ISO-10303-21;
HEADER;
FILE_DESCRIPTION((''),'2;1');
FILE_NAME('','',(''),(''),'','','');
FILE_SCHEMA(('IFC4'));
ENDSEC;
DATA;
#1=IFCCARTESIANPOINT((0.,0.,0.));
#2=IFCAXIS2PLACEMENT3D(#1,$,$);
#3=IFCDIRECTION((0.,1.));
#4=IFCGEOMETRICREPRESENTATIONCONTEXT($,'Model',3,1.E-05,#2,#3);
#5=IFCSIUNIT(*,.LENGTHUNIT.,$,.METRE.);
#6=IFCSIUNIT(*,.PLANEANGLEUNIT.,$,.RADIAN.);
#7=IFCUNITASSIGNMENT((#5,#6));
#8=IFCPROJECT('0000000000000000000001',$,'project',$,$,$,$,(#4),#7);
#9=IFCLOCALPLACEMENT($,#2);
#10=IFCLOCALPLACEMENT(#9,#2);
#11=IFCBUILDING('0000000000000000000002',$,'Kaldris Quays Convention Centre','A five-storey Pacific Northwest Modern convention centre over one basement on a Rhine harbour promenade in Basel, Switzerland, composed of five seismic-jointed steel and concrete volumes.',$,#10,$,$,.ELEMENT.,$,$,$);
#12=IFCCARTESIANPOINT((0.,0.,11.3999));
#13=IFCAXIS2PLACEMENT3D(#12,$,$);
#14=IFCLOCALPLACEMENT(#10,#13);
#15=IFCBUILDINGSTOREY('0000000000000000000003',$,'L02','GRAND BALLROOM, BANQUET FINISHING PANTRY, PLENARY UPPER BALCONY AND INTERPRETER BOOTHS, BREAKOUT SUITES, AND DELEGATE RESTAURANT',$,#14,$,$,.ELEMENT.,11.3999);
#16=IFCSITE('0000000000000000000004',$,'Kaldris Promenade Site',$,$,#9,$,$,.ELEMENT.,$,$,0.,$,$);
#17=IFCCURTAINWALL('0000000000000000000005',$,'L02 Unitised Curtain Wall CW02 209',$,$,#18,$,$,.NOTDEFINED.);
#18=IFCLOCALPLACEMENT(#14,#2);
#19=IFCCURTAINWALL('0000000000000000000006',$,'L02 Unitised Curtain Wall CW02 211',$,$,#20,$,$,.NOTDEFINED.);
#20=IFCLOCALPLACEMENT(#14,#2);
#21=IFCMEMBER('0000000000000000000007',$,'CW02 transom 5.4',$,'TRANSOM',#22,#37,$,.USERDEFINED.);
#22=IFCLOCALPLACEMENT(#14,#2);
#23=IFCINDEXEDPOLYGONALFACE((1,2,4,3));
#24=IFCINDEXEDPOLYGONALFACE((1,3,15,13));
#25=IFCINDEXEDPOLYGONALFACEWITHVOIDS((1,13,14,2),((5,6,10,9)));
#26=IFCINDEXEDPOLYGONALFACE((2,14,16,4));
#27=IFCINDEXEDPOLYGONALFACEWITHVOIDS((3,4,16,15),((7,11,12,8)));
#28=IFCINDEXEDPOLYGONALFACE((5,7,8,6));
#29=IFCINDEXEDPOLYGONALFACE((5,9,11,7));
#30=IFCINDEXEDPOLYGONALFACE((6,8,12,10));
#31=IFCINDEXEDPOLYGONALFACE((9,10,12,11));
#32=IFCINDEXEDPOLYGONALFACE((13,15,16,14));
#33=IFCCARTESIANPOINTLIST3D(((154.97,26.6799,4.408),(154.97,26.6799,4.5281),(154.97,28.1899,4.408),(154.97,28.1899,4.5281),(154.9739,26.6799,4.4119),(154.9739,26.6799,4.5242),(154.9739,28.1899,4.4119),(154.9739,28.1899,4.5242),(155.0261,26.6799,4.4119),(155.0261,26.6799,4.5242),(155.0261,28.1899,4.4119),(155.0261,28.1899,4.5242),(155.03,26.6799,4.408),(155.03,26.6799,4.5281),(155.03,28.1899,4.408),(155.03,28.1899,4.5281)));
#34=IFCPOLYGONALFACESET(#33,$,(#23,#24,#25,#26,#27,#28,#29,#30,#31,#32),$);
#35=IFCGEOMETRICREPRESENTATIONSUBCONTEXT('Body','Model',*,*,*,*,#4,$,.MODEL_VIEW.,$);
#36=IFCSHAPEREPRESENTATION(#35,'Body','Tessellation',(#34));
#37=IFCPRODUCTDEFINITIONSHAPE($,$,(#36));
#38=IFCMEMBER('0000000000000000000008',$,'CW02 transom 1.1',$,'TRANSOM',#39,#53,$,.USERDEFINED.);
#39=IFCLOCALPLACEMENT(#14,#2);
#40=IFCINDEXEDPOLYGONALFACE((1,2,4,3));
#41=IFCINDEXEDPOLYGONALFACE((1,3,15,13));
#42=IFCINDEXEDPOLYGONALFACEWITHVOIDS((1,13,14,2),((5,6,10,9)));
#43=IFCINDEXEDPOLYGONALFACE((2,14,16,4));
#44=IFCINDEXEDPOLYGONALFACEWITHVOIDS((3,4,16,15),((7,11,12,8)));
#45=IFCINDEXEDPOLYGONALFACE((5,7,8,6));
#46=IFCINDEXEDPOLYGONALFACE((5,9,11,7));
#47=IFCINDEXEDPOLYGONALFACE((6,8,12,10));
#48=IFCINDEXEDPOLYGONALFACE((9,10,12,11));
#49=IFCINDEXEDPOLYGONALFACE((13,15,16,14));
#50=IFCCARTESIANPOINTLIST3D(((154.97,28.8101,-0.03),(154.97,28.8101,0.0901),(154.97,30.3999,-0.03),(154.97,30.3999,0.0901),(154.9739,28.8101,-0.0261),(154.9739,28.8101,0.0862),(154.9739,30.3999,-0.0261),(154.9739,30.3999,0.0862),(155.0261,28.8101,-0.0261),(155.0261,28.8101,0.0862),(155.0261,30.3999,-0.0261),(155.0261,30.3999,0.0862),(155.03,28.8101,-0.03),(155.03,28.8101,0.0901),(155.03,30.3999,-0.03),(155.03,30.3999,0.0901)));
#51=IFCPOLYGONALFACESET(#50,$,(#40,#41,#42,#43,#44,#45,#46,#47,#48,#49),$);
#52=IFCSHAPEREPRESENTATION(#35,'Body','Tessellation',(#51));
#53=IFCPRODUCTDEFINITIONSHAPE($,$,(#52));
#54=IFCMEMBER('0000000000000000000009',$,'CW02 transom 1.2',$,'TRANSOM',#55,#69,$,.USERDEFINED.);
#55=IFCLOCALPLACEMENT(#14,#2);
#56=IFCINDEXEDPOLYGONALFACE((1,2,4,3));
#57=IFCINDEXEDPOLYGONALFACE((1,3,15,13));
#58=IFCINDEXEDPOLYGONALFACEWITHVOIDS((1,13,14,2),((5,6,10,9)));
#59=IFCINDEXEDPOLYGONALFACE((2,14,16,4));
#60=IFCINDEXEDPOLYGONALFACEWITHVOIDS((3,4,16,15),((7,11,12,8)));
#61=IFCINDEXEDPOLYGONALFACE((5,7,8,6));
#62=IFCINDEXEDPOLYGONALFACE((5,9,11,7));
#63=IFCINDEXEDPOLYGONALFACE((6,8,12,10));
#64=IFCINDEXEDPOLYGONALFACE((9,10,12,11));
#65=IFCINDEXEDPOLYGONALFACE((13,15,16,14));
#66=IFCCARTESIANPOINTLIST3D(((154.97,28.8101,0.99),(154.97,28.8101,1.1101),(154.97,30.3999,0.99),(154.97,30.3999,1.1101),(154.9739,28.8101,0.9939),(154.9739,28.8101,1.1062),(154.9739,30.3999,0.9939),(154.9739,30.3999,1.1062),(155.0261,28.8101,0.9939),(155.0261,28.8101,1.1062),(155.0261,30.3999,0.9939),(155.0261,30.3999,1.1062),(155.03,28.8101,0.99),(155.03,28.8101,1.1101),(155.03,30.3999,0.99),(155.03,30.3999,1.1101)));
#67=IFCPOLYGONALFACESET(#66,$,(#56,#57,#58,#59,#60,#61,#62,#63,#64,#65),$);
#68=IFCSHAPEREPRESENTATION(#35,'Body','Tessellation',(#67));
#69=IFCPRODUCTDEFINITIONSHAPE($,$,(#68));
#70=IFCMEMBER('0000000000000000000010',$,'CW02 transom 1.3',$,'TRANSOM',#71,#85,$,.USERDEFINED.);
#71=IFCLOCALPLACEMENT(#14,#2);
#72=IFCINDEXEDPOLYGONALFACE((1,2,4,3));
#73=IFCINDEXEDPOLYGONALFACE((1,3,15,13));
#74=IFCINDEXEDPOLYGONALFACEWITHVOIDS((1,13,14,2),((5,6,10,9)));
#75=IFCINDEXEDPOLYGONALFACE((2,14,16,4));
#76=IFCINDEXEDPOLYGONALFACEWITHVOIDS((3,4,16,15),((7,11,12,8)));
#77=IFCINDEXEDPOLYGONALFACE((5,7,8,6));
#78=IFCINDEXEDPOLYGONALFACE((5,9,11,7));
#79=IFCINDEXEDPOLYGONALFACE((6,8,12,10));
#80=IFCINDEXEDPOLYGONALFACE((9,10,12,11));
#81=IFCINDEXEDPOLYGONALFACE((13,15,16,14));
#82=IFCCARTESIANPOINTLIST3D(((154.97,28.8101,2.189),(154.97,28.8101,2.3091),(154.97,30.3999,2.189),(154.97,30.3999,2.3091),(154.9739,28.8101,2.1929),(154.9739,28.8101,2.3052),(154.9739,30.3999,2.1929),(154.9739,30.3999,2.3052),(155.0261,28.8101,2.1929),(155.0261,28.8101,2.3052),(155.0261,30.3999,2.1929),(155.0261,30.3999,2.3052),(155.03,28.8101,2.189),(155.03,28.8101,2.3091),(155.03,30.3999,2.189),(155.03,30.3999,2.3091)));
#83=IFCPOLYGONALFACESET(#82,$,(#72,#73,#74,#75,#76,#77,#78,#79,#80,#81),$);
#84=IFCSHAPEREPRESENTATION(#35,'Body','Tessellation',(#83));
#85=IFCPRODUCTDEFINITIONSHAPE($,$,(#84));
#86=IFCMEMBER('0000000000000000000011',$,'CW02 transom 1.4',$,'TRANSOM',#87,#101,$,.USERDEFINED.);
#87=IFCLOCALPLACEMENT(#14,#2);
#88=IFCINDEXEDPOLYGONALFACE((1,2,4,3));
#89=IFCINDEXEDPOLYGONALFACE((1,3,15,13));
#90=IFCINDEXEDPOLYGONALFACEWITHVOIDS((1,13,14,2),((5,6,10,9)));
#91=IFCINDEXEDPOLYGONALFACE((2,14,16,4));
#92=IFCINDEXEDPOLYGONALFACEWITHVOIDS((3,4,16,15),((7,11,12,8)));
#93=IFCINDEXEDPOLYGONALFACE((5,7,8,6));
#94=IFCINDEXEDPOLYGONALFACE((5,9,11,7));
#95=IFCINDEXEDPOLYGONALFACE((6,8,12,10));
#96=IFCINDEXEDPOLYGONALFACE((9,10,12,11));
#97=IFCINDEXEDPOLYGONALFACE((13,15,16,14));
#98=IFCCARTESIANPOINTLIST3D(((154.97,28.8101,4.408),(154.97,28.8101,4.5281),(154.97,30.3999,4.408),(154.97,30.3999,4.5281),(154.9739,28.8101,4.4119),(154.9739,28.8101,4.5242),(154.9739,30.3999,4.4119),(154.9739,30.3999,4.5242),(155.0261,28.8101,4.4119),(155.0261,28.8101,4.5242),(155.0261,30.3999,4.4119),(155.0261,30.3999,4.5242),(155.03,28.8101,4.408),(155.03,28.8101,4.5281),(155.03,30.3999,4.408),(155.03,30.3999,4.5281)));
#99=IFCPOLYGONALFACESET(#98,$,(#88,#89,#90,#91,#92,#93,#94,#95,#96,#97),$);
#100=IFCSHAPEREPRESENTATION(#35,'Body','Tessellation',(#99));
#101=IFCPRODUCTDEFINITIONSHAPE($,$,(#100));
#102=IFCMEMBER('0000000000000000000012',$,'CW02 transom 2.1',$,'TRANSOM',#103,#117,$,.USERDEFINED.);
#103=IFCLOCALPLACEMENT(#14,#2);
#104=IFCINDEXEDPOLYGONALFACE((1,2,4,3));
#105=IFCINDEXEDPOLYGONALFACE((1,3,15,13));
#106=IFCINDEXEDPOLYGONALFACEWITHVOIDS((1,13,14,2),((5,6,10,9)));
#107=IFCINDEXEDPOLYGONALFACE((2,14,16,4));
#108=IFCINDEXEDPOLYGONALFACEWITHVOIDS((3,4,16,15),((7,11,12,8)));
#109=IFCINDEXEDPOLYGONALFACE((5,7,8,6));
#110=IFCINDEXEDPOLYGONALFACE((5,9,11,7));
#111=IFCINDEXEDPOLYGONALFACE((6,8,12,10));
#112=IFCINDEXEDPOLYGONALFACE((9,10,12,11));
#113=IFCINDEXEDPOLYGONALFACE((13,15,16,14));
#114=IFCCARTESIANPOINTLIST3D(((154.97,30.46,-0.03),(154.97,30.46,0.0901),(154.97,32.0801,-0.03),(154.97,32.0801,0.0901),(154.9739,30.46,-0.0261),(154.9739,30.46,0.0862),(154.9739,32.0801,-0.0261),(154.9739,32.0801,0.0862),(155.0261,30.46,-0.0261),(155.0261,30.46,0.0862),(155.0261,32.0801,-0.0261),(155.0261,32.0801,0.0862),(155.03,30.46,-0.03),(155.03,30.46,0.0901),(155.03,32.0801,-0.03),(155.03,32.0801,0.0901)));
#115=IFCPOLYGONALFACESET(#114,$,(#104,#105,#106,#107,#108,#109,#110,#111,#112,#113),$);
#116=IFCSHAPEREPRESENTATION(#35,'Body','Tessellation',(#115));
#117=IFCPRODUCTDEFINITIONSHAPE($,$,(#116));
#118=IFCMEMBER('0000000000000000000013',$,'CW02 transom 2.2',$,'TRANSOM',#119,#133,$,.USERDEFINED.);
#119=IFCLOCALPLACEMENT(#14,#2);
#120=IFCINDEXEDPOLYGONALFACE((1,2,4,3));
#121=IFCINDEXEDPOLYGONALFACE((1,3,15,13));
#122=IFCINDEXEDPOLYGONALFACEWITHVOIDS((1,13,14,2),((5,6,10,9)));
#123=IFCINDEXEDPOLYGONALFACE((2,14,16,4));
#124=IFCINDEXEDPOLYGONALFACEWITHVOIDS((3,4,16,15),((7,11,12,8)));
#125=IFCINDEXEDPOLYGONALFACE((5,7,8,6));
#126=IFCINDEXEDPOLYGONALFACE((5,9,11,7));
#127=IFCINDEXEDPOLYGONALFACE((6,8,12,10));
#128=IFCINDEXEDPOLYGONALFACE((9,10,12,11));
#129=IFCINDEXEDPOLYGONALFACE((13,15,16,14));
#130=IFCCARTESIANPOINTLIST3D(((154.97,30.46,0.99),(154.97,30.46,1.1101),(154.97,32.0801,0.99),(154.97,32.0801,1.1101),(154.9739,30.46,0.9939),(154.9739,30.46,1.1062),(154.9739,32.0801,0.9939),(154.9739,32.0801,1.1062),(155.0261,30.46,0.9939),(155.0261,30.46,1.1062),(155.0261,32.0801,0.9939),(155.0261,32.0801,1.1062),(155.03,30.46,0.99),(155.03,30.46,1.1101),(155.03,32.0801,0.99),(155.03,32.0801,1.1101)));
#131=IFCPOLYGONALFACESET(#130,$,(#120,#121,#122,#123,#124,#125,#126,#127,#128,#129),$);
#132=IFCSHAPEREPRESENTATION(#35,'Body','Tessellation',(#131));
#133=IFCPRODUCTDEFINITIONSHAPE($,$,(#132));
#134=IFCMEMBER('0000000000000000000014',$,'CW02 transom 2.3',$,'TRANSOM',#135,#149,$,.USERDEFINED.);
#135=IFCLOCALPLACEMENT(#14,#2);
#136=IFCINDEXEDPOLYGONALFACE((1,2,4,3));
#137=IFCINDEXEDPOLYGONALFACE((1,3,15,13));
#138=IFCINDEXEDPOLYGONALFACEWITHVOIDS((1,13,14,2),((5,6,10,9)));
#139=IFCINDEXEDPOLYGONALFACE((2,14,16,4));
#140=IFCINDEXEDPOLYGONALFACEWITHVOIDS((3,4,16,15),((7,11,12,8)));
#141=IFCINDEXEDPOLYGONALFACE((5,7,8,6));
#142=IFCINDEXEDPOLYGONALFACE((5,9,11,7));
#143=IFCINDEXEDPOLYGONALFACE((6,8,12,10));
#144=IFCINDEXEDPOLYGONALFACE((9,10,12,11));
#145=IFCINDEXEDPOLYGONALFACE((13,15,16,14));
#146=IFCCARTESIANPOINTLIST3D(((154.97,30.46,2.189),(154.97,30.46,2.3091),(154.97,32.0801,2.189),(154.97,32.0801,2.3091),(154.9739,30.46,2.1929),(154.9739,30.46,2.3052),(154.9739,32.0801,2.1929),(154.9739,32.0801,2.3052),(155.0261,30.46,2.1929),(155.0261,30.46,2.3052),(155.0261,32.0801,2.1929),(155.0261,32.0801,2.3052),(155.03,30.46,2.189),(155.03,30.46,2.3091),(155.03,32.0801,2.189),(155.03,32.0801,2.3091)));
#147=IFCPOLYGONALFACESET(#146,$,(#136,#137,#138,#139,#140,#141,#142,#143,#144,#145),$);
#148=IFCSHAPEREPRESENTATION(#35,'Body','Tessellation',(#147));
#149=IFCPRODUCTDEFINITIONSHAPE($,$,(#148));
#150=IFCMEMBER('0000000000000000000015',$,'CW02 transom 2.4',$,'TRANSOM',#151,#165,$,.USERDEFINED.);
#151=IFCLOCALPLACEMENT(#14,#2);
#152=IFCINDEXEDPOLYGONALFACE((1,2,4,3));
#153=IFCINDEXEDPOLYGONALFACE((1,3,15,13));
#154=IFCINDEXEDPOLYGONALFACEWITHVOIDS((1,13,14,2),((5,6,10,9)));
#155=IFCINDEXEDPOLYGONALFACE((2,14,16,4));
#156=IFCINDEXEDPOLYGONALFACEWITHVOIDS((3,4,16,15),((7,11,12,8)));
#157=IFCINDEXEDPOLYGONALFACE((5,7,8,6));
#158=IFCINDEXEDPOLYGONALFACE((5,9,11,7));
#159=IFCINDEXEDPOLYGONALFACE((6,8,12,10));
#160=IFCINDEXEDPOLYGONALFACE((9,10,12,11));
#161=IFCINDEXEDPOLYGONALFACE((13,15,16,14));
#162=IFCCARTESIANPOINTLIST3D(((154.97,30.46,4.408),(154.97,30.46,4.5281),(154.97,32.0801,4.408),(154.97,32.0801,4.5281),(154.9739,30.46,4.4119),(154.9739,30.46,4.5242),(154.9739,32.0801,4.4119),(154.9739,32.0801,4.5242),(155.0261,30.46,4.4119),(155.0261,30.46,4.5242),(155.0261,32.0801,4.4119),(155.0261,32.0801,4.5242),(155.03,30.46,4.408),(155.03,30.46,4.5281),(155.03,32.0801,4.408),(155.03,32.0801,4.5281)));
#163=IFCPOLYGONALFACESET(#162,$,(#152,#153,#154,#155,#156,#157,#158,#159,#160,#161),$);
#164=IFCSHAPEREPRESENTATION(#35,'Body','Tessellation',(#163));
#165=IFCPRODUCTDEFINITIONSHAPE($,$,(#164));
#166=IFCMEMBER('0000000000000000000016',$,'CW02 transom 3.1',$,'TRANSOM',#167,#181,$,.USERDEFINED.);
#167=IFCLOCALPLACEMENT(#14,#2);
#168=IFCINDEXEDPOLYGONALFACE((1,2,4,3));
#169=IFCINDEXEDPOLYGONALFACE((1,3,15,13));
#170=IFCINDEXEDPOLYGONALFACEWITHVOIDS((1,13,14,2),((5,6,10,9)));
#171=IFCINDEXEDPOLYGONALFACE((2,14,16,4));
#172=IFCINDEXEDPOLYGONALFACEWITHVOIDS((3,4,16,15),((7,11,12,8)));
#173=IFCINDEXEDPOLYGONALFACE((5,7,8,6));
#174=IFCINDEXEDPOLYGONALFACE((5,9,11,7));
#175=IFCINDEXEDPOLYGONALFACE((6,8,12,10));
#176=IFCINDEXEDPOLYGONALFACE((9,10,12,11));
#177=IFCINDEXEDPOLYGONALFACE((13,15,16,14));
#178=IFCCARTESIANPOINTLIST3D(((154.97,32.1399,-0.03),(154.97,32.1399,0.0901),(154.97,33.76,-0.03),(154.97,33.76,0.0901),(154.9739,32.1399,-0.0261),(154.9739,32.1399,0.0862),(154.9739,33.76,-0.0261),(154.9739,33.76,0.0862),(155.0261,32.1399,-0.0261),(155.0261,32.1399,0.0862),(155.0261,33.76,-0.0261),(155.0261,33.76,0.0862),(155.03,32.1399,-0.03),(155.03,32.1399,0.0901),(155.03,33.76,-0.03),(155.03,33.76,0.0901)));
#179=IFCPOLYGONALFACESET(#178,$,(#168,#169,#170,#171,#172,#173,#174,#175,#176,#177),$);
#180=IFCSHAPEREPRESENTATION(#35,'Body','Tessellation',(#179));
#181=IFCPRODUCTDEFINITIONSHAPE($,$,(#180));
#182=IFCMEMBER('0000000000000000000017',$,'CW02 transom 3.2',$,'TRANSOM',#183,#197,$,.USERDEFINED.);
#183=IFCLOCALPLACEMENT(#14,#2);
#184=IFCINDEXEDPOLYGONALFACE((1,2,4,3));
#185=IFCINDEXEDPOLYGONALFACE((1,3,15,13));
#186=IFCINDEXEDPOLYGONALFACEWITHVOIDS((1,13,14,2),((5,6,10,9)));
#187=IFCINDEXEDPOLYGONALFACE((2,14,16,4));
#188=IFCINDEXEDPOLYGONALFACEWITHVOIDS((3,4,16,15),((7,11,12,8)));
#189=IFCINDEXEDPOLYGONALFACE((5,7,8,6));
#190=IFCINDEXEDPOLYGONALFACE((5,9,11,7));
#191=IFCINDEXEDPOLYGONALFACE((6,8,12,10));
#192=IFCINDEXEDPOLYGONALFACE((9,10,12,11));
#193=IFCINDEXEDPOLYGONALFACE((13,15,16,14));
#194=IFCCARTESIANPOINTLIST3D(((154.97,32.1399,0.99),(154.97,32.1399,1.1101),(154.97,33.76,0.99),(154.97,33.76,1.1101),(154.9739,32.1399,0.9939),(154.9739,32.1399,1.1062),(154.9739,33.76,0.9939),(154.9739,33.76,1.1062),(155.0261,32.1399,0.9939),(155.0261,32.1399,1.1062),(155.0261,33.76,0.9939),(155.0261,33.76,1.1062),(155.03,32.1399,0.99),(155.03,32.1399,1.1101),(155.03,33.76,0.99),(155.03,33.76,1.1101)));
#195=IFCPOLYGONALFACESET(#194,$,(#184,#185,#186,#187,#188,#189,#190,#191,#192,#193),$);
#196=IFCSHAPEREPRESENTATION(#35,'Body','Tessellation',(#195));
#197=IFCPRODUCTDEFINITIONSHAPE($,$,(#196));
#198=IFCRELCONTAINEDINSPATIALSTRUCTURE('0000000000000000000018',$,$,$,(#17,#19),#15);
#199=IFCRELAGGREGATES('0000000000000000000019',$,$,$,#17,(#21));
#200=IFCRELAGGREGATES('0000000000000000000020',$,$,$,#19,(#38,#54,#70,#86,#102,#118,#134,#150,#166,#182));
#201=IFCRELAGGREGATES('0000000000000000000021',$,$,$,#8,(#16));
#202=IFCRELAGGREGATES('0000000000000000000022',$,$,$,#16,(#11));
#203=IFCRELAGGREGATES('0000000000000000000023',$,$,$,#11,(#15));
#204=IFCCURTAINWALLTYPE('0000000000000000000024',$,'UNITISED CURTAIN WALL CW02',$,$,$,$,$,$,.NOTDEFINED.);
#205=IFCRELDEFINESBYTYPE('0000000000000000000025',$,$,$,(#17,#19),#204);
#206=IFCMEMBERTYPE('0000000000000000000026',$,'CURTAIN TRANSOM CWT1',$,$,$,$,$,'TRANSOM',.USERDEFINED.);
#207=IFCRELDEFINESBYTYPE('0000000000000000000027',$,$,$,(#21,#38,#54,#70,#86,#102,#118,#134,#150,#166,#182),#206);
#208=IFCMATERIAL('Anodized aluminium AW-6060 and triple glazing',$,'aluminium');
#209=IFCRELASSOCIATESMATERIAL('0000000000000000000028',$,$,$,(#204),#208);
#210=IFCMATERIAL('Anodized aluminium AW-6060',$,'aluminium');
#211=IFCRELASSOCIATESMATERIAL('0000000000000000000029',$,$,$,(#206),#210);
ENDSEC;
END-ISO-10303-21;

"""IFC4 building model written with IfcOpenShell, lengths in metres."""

from ifc_helpers import new_model, si_unit, direction, frame, origin, origin_2d, place, context, subcontext, project, spatial, hollow_rectangle, extrude, material, material_profile, profile_set, type_object, element, aggregate, save


model = new_model("IFC4")

# Units and contexts
model_context = context("Model", 3, precision=1e-05, world=origin(), true_north=direction((0.0, 1.0)))
body_context = subcontext(model_context, "Body", "Model", "MODEL_VIEW")
ifc_project = project(units=[si_unit("LENGTHUNIT", "METRE"), si_unit("PLANEANGLEUNIT", "RADIAN")], contexts=[model_context])

# Site, building, storey
site_placement = place(None, origin())
site = spatial("IfcSite", under=ifc_project, at=site_placement, Name="Kaldris Promenade Site", CompositionType="ELEMENT", RefElevation=0.0)
building_placement = place(site_placement, origin())
building = spatial("IfcBuilding", under=site, at=building_placement, Name="Kaldris Quays Convention Centre", Description="A five-storey Pacific Northwest Modern convention centre over one basement on a Rhine harbour promenade in Basel, Switzerland, composed of five seismic-jointed steel and concrete volumes.", CompositionType="ELEMENT")
storey_placement = place(building_placement, frame((0.0, 0.0, 11.3999)))
storey = spatial("IfcBuildingStorey", under=building, at=storey_placement, Name="L02", Description="GRAND BALLROOM, BANQUET FINISHING PANTRY, PLENARY UPPER BALCONY AND INTERPRETER BOOTHS, BREAKOUT SUITES, AND DELEGATE RESTAURANT", CompositionType="ELEMENT", Elevation=11.3999)

# Curtain walls
ifc_material_1 = material(Name="Anodized aluminium AW-6060 and triple glazing", Category="aluminium")
curtain_wall_type = type_object("IfcCurtainWallType", Name="UNITISED CURTAIN WALL CW02", PredefinedType="NOTDEFINED", material=ifc_material_1)
curtain_wall_1_placement = place(storey_placement, origin())
curtain_wall_1 = element("IfcCurtainWall", 1, at=curtain_wall_1_placement, inside=storey, type_object=curtain_wall_type, Name="L02 Unitised Curtain Wall CW02 209", PredefinedType="NOTDEFINED")
ifc_material_2 = material(Name="Anodized aluminium AW-6060", Category="aluminium")
curtain_wall_2_placement = place(storey_placement, origin())
curtain_wall_2 = element("IfcCurtainWall", 2, at=curtain_wall_2_placement, inside=storey, type_object=curtain_wall_type, Name="L02 Unitised Curtain Wall CW02 211", PredefinedType="NOTDEFINED")

# Members
ifc_material_profile_1 = material_profile(ifc_material_2, hollow_rectangle(XDim=0.0601, YDim=0.1201, WallThickness=0.0039, at=origin_2d()), Name="RHS 120x60x4")
ifc_profile_set_1 = profile_set([ifc_material_profile_1], Name="Anodized aluminium AW-6060")
member_type_1 = type_object("IfcMemberType", Name="CURTAIN TRANSOM CWT1", ElementType="TRANSOM", PredefinedType="USERDEFINED", material=ifc_profile_set_1)
member_1_placement = place(storey_placement, frame((155.0, 26.6799, 4.468), z_axis=(0.0, 1.0, 0.0), x_axis=(-1.0, 0.0, 0.0)))
member_1 = element("IfcMember", 3, at=member_1_placement, type_object=member_type_1, Name="CW02 transom 5.4", ObjectType="TRANSOM", PredefinedType="USERDEFINED", context=body_context, shape_type="SweptSolid", body=[
    extrude(hollow_rectangle(XDim=0.0601, YDim=0.1201, WallThickness=0.0039, at=origin_2d()), origin(), (0.0, 0.0, 1.0), 1.51),
])
member_2_placement = place(storey_placement, frame((155.0, 28.8101, 0.03), z_axis=(0.0, 1.0, 0.0), x_axis=(-1.0, 0.0, 0.0)))
member_2 = element("IfcMember", 4, at=member_2_placement, type_object=member_type_1, Name="CW02 transom 1.1", ObjectType="TRANSOM", PredefinedType="USERDEFINED", context=body_context, shape_type="SweptSolid", body=[
    extrude(hollow_rectangle(XDim=0.0601, YDim=0.1201, WallThickness=0.0039, at=origin_2d()), origin(), (0.0, 0.0, 1.0), 1.5898),
])
member_3_placement = place(storey_placement, frame((155.0, 28.8101, 1.05), z_axis=(0.0, 1.0, 0.0), x_axis=(-1.0, 0.0, 0.0)))
member_3 = element("IfcMember", 5, at=member_3_placement, type_object=member_type_1, Name="CW02 transom 1.2", ObjectType="TRANSOM", PredefinedType="USERDEFINED", context=body_context, shape_type="SweptSolid", body=[
    extrude(hollow_rectangle(XDim=0.0601, YDim=0.1201, WallThickness=0.0039, at=origin_2d()), origin(), (0.0, 0.0, 1.0), 1.5898),
])
member_4_placement = place(storey_placement, frame((155.0, 28.8101, 2.249), z_axis=(0.0, 1.0, 0.0), x_axis=(-1.0, 0.0, 0.0)))
member_4 = element("IfcMember", 6, at=member_4_placement, type_object=member_type_1, Name="CW02 transom 1.3", ObjectType="TRANSOM", PredefinedType="USERDEFINED", context=body_context, shape_type="SweptSolid", body=[
    extrude(hollow_rectangle(XDim=0.0601, YDim=0.1201, WallThickness=0.0039, at=origin_2d()), origin(), (0.0, 0.0, 1.0), 1.5898),
])
member_5_placement = place(storey_placement, frame((155.0, 28.8101, 4.468), z_axis=(0.0, 1.0, 0.0), x_axis=(-1.0, 0.0, 0.0)))
member_5 = element("IfcMember", 7, at=member_5_placement, type_object=member_type_1, Name="CW02 transom 1.4", ObjectType="TRANSOM", PredefinedType="USERDEFINED", context=body_context, shape_type="SweptSolid", body=[
    extrude(hollow_rectangle(XDim=0.0601, YDim=0.1201, WallThickness=0.0039, at=origin_2d()), origin(), (0.0, 0.0, 1.0), 1.5898),
])
member_6_placement = place(storey_placement, frame((155.0, 30.46, 0.03), z_axis=(0.0, 1.0, 0.0), x_axis=(-1.0, 0.0, 0.0)))
member_6 = element("IfcMember", 8, at=member_6_placement, type_object=member_type_1, Name="CW02 transom 2.1", ObjectType="TRANSOM", PredefinedType="USERDEFINED", context=body_context, shape_type="SweptSolid", body=[
    extrude(hollow_rectangle(XDim=0.0601, YDim=0.1201, WallThickness=0.0039, at=origin_2d()), origin(), (0.0, 0.0, 1.0), 1.6201),
])
member_7_placement = place(storey_placement, frame((155.0, 30.46, 1.05), z_axis=(0.0, 1.0, 0.0), x_axis=(-1.0, 0.0, 0.0)))
member_7 = element("IfcMember", 9, at=member_7_placement, type_object=member_type_1, Name="CW02 transom 2.2", ObjectType="TRANSOM", PredefinedType="USERDEFINED", context=body_context, shape_type="SweptSolid", body=[
    extrude(hollow_rectangle(XDim=0.0601, YDim=0.1201, WallThickness=0.0039, at=origin_2d()), origin(), (0.0, 0.0, 1.0), 1.6201),
])
member_8_placement = place(storey_placement, frame((155.0, 30.46, 2.249), z_axis=(0.0, 1.0, 0.0), x_axis=(-1.0, 0.0, 0.0)))
member_8 = element("IfcMember", 10, at=member_8_placement, type_object=member_type_1, Name="CW02 transom 2.3", ObjectType="TRANSOM", PredefinedType="USERDEFINED", context=body_context, shape_type="SweptSolid", body=[
    extrude(hollow_rectangle(XDim=0.0601, YDim=0.1201, WallThickness=0.0039, at=origin_2d()), origin(), (0.0, 0.0, 1.0), 1.6201),
])
member_9_placement = place(storey_placement, frame((155.0, 30.46, 4.468), z_axis=(0.0, 1.0, 0.0), x_axis=(-1.0, 0.0, 0.0)))
member_9 = element("IfcMember", 11, at=member_9_placement, type_object=member_type_1, Name="CW02 transom 2.4", ObjectType="TRANSOM", PredefinedType="USERDEFINED", context=body_context, shape_type="SweptSolid", body=[
    extrude(hollow_rectangle(XDim=0.0601, YDim=0.1201, WallThickness=0.0039, at=origin_2d()), origin(), (0.0, 0.0, 1.0), 1.6201),
])
member_10_placement = place(storey_placement, frame((155.0, 32.1399, 0.03), z_axis=(0.0, 1.0, 0.0), x_axis=(-1.0, 0.0, 0.0)))
member_10 = element("IfcMember", 12, at=member_10_placement, type_object=member_type_1, Name="CW02 transom 3.1", ObjectType="TRANSOM", PredefinedType="USERDEFINED", context=body_context, shape_type="SweptSolid", body=[
    extrude(hollow_rectangle(XDim=0.0601, YDim=0.1201, WallThickness=0.0039, at=origin_2d()), origin(), (0.0, 0.0, 1.0), 1.6201),
])
member_11_placement = place(storey_placement, frame((155.0, 32.1399, 1.05), z_axis=(0.0, 1.0, 0.0), x_axis=(-1.0, 0.0, 0.0)))
member_11 = element("IfcMember", 13, at=member_11_placement, type_object=member_type_1, Name="CW02 transom 3.2", ObjectType="TRANSOM", PredefinedType="USERDEFINED", context=body_context, shape_type="SweptSolid", body=[
    extrude(hollow_rectangle(XDim=0.0601, YDim=0.1201, WallThickness=0.0039, at=origin_2d()), origin(), (0.0, 0.0, 1.0), 1.6201),
])

aggregate(curtain_wall_1, [member_1])
aggregate(curtain_wall_2, [member_2, member_3, member_4, member_5, member_6, member_7, member_8, member_9, member_10, member_11])

save(model, "model.ifc")
